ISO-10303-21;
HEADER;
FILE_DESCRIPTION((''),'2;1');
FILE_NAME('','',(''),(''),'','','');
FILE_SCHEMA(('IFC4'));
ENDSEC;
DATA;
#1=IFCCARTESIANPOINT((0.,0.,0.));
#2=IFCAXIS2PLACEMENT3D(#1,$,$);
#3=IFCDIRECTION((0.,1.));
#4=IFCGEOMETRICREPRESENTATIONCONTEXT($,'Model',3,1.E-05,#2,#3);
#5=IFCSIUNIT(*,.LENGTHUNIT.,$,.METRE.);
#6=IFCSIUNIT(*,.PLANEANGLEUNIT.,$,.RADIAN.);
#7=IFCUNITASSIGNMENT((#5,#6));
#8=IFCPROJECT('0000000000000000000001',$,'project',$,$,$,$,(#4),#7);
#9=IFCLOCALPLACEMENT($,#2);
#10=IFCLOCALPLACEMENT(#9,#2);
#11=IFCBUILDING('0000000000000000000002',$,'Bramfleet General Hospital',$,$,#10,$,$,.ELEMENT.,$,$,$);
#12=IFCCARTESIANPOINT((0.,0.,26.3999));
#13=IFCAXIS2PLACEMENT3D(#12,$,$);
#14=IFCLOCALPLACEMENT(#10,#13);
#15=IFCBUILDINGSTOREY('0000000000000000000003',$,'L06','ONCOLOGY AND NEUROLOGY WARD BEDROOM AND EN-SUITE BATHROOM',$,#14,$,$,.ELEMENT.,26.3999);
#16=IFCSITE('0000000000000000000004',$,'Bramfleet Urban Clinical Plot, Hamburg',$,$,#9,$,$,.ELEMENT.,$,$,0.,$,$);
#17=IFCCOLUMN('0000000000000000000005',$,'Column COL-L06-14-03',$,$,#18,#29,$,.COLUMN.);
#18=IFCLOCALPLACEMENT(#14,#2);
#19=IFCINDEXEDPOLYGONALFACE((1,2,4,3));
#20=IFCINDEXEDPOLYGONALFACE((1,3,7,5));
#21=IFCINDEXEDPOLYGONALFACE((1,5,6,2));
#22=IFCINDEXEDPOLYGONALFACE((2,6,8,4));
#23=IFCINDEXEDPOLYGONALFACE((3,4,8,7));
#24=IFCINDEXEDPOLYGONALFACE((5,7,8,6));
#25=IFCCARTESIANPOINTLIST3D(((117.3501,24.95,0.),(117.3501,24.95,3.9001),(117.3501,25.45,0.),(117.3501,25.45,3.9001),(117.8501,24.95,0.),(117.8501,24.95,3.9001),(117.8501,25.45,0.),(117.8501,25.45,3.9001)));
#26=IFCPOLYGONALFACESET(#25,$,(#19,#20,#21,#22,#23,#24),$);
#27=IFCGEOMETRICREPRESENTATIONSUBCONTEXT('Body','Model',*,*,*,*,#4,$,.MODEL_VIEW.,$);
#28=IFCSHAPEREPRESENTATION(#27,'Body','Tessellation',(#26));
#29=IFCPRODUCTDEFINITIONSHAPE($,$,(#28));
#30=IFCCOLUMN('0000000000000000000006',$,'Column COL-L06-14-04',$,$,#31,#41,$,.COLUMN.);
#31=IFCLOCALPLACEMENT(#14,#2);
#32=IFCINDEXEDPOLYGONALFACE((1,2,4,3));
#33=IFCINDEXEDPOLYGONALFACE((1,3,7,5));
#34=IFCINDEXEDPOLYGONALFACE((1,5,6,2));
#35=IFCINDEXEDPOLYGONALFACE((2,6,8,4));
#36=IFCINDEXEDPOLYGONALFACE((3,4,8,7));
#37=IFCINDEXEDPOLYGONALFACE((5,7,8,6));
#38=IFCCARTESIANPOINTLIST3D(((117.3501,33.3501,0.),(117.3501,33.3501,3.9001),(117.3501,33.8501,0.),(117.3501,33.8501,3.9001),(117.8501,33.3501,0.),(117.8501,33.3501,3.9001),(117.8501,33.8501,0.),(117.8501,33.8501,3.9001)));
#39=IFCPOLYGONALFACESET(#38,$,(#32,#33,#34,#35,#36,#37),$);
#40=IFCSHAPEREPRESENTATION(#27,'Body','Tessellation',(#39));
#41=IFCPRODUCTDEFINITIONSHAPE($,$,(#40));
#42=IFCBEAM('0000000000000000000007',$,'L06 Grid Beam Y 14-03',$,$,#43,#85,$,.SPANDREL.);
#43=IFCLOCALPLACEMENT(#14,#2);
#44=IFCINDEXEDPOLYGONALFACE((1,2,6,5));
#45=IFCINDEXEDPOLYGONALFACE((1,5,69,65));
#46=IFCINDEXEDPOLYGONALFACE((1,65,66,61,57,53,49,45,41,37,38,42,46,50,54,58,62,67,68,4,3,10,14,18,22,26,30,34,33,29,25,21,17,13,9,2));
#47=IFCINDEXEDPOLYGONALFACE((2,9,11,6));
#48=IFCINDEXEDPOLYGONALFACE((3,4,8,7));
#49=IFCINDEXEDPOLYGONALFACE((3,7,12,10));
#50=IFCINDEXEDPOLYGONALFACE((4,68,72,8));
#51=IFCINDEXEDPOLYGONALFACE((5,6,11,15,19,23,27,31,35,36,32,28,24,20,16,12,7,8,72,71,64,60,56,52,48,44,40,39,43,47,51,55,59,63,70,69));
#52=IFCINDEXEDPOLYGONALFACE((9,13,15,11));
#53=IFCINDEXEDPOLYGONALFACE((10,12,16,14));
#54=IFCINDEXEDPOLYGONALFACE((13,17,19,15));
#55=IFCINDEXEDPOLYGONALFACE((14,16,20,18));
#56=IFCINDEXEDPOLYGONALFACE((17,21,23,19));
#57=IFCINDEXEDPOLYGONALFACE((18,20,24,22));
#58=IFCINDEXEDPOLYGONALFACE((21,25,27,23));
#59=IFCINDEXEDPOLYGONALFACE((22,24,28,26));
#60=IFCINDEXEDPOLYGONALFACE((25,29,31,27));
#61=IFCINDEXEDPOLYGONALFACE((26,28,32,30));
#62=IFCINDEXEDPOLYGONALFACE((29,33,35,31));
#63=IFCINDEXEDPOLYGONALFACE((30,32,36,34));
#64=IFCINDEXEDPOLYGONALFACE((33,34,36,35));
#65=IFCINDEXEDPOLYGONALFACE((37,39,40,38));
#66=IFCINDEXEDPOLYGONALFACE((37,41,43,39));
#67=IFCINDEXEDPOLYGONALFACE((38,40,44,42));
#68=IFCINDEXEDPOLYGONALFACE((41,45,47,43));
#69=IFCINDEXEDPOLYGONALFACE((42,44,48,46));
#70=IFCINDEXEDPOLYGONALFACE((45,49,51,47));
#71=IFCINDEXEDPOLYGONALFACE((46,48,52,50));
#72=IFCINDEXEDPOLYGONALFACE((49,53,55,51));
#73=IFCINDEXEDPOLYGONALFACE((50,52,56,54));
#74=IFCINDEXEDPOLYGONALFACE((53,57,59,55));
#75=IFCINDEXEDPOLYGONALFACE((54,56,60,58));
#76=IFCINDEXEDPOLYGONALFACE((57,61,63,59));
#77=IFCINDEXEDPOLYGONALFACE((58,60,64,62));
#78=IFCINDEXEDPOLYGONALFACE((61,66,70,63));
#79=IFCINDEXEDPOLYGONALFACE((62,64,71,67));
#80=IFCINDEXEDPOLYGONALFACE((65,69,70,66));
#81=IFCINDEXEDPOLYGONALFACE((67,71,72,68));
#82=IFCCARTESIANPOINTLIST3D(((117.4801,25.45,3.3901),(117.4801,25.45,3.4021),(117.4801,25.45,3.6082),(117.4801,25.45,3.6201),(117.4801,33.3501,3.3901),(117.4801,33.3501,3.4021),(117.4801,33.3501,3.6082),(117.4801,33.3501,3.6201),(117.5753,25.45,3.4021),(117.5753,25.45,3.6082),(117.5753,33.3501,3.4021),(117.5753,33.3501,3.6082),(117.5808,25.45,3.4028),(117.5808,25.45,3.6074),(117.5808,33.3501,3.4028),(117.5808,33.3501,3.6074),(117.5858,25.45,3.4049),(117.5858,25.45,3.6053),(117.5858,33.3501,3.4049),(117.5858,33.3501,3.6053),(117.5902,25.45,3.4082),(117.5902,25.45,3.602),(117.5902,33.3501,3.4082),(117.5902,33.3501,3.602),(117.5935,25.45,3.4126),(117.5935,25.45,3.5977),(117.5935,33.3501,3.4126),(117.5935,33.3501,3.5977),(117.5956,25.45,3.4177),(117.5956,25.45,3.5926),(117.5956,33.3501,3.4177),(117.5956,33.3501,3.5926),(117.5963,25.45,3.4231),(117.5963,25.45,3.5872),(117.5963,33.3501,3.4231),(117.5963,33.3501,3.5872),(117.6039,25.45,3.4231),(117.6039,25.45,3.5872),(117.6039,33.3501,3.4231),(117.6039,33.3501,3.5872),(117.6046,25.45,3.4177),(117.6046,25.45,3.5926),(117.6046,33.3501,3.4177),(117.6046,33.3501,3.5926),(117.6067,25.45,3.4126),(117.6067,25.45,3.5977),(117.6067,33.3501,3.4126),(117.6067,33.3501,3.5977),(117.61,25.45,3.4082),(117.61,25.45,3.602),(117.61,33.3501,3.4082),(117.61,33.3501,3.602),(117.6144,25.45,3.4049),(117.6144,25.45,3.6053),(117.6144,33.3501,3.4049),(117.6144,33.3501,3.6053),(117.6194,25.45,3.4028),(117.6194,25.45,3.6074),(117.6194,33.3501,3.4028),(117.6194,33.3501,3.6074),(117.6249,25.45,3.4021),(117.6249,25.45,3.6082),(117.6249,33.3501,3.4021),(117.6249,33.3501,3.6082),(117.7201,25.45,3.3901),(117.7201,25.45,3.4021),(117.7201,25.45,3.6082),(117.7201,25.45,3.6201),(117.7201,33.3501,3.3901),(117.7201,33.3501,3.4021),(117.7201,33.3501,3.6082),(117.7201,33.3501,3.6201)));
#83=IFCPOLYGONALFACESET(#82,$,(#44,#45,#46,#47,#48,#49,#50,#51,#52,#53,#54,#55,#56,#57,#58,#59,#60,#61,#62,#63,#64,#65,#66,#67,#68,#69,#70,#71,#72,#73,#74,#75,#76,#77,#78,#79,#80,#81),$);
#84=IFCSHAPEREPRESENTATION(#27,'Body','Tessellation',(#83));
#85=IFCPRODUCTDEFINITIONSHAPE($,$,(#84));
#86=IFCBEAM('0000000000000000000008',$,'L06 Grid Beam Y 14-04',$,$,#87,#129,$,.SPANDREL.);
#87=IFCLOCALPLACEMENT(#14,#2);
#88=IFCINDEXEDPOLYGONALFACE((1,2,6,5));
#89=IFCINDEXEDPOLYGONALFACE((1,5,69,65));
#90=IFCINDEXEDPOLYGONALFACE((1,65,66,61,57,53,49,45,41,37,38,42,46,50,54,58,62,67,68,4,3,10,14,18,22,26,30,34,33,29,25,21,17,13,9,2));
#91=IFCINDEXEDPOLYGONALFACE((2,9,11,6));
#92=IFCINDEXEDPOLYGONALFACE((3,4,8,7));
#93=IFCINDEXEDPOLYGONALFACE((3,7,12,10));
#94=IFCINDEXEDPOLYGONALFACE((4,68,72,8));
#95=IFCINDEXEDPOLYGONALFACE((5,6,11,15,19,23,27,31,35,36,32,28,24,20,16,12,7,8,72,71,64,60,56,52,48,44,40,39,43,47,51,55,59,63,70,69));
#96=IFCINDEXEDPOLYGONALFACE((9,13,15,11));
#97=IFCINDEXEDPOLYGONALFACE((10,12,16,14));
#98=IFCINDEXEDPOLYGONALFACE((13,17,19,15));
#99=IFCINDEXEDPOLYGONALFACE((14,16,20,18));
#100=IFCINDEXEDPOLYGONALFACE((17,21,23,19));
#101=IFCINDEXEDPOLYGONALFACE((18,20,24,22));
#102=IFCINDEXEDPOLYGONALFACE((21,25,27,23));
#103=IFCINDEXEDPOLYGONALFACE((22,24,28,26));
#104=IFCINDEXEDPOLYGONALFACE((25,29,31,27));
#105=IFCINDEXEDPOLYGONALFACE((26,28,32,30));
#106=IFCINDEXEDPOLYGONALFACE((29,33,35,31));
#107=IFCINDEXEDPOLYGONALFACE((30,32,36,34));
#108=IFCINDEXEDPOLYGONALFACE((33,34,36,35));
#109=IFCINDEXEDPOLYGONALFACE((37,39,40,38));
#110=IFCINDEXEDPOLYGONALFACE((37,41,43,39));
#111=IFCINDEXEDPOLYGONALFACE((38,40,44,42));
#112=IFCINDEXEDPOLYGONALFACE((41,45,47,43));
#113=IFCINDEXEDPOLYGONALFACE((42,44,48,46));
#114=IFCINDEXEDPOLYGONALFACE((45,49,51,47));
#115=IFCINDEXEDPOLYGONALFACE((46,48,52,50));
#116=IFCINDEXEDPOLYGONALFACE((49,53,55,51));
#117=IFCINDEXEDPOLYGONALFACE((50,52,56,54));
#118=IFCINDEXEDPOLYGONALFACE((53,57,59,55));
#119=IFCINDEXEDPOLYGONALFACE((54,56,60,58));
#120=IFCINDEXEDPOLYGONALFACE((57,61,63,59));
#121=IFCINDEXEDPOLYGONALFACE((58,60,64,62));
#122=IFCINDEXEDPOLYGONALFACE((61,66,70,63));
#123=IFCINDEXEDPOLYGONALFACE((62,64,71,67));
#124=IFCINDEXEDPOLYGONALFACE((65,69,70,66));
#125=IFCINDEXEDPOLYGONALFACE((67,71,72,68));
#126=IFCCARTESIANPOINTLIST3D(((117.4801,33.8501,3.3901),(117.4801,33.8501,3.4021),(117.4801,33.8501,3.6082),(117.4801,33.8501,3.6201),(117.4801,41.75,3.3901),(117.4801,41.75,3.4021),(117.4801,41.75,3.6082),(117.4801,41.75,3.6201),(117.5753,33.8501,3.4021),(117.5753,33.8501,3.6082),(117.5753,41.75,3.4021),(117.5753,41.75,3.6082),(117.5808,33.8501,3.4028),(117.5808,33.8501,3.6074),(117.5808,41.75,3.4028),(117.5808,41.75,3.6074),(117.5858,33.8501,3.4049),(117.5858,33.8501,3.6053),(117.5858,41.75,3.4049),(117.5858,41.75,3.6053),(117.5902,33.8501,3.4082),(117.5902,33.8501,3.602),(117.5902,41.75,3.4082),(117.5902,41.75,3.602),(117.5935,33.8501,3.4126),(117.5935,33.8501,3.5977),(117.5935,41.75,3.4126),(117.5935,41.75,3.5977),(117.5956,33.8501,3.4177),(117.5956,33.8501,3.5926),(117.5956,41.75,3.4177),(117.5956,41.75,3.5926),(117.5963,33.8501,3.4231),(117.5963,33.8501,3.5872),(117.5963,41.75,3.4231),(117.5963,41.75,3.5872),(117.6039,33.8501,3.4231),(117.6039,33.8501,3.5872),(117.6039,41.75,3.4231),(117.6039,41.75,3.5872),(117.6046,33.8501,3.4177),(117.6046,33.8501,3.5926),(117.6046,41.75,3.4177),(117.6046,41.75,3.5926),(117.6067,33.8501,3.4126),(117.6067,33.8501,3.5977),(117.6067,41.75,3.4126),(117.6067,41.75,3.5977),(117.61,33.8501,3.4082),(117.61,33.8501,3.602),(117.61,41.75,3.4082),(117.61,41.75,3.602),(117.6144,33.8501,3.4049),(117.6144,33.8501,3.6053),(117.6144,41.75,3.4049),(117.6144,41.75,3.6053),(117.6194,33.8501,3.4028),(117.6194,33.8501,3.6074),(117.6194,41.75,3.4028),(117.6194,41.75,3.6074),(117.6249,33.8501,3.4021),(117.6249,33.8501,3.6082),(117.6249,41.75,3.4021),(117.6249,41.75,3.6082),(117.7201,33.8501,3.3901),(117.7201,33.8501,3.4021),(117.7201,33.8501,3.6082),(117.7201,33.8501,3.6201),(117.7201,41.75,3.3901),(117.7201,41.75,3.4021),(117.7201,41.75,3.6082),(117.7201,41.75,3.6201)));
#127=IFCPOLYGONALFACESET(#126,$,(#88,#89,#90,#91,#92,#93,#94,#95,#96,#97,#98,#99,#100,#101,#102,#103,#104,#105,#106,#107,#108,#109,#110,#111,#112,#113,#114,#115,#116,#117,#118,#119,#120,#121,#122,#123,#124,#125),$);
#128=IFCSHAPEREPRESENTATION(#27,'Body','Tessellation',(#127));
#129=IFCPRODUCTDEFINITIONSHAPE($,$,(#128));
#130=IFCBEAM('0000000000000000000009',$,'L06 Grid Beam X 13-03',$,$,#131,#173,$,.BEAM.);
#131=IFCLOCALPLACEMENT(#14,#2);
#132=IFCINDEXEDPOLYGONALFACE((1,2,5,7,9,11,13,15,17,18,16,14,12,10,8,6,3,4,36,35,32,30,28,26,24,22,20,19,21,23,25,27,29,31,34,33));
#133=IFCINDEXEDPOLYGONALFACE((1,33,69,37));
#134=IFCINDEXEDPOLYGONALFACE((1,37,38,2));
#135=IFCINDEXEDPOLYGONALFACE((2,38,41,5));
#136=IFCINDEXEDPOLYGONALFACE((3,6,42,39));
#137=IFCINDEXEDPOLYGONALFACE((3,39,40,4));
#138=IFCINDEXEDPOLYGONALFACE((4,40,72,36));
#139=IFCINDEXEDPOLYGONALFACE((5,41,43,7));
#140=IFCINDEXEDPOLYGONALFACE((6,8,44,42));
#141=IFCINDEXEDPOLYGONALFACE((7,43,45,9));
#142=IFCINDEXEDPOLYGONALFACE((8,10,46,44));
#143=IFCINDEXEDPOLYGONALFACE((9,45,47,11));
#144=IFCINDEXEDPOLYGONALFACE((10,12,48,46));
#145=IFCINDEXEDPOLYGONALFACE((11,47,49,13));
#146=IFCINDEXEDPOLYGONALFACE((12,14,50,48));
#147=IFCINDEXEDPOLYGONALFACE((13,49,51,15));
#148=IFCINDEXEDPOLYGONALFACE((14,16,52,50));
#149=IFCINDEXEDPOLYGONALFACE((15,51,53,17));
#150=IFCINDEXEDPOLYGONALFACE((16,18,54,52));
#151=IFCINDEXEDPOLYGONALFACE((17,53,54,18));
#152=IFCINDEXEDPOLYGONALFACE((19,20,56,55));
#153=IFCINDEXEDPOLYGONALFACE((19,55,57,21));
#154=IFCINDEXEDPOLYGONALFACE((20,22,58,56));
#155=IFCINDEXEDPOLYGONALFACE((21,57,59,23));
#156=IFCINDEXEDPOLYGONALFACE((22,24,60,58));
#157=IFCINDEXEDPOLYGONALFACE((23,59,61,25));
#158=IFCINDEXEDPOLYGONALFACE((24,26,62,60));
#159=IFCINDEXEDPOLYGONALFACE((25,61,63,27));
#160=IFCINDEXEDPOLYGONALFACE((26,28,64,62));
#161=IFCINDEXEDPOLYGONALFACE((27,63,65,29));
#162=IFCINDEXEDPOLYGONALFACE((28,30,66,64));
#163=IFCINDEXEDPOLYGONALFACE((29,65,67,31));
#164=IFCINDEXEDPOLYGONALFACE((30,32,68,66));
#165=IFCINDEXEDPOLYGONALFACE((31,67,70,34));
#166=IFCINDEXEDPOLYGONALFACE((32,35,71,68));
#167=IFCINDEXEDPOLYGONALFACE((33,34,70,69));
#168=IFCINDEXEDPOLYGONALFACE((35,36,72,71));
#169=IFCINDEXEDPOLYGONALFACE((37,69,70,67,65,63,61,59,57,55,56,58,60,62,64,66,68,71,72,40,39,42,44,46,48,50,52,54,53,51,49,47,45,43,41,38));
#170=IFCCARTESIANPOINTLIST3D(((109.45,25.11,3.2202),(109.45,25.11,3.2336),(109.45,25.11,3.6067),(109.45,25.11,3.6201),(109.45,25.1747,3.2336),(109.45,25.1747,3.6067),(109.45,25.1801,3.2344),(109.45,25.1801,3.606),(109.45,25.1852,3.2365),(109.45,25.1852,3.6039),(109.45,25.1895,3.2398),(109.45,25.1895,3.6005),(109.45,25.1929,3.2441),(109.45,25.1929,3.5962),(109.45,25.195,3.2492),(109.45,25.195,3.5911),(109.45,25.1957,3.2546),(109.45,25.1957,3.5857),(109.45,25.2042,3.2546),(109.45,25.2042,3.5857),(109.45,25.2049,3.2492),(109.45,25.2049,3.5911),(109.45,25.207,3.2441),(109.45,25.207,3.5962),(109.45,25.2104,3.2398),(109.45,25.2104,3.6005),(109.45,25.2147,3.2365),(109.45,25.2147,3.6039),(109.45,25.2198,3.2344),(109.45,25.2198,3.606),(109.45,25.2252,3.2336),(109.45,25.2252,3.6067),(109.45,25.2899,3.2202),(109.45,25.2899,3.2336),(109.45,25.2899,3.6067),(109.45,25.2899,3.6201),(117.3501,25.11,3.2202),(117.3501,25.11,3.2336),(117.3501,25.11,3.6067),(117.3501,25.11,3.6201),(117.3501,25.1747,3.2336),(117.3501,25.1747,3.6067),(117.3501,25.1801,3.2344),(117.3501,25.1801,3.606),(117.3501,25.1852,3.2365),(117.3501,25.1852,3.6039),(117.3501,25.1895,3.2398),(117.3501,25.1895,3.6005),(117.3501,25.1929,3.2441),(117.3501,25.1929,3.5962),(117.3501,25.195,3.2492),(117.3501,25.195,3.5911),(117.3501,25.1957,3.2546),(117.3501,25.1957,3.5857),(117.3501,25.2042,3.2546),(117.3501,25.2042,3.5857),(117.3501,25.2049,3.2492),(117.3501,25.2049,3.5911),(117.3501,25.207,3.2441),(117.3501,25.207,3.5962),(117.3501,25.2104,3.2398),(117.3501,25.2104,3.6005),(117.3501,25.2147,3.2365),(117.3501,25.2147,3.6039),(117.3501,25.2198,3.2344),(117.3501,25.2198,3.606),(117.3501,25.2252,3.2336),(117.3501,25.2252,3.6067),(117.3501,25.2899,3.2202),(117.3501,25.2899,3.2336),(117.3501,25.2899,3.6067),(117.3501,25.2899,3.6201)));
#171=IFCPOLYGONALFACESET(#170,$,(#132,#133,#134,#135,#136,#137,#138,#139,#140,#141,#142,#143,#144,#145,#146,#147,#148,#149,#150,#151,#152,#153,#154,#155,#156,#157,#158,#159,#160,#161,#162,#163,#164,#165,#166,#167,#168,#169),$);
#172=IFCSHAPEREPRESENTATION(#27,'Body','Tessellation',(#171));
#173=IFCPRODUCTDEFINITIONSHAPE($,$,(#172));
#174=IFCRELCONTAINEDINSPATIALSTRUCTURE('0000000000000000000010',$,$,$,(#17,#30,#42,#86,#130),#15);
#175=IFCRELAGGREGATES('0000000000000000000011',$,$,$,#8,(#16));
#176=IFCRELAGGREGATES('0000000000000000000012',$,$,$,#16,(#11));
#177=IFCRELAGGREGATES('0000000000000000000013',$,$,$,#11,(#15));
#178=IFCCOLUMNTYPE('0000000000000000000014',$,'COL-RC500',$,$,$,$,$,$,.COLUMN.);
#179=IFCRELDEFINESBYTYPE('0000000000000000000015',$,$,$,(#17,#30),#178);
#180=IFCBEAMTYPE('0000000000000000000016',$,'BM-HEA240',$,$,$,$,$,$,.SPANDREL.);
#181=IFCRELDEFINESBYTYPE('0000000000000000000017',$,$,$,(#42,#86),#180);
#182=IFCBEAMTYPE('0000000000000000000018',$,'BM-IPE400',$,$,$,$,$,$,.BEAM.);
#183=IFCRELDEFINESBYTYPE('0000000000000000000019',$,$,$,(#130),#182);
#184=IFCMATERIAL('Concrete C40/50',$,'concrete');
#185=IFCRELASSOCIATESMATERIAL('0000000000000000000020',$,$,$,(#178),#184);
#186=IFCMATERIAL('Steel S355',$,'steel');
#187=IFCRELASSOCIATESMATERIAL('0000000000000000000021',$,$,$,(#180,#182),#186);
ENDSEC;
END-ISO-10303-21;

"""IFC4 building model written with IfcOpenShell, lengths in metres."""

from ifc_helpers import new_model, si_unit, direction, frame, origin, origin_2d, place, context, subcontext, project, spatial, rectangle, i_section, extrude, material, material_profile, profile_set, type_object, element, save


model = new_model("IFC4")

# Units and contexts
model_context = context("Model", 3, precision=1e-05, world=origin(), true_north=direction((0.0, 1.0)))
body_context = subcontext(model_context, "Body", "Model", "MODEL_VIEW")
ifc_project = project(units=[si_unit("LENGTHUNIT", "METRE"), si_unit("PLANEANGLEUNIT", "RADIAN")], contexts=[model_context])

# Site, building, storey
site_placement = place(None, origin())
site = spatial("IfcSite", under=ifc_project, at=site_placement, Name="Bramfleet Urban Clinical Plot, Hamburg", CompositionType="ELEMENT", RefElevation=0.0)
building_placement = place(site_placement, origin())
building = spatial("IfcBuilding", under=site, at=building_placement, Name="Bramfleet General Hospital", CompositionType="ELEMENT")
storey_placement = place(building_placement, frame((0.0, 0.0, 26.3999)))
storey = spatial("IfcBuildingStorey", under=building, at=storey_placement, Name="L06", Description="ONCOLOGY AND NEUROLOGY WARD BEDROOM AND EN-SUITE BATHROOM", CompositionType="ELEMENT", Elevation=26.3999)

# Columns
ifc_material_1 = material(Name="Concrete C40/50", Category="concrete")
ifc_material_profile_1 = material_profile(ifc_material_1, rectangle(XDim=0.5, YDim=0.5, at=origin_2d()), Name="RC COL 500x500")
ifc_profile_set_1 = profile_set([ifc_material_profile_1], Name="Concrete C40/50")
column_type = type_object("IfcColumnType", Name="COL-RC500", PredefinedType="COLUMN", material=ifc_profile_set_1)
for number, where, z_axis, x_axis, name in (
    (1, (117.6001, 25.2, 0.0), (0.0, 0.0, 1.0), (1.0, 0.0, 0.0), "Column COL-L06-14-03"),
    (2, (117.6001, 33.6001, 0.0), (0.0, 0.0, 1.0), (1.0, 0.0, 0.0), "Column COL-L06-14-04"),
):
    element("IfcColumn", number, at=place(storey_placement, frame(where, z_axis=z_axis, x_axis=x_axis)), inside=storey, type_object=column_type, Name=name, PredefinedType="COLUMN", context=body_context, shape_type="SweptSolid", body=[
        extrude(rectangle(XDim=0.5, YDim=0.5, at=origin_2d()), origin(), (0.0, 0.0, 1.0), 3.9001),
    ])

# Beams
ifc_material_2 = material(Name="Steel S355", Category="steel")
ifc_material_profile_2 = material_profile(ifc_material_2, i_section(OverallWidth=0.24, OverallDepth=0.23, WebThickness=0.0076, FlangeThickness=0.012, FilletRadius=0.021, at=origin_2d()), Name="HEA 240")
ifc_profile_set_2 = profile_set([ifc_material_profile_2], Name="Steel S355")
beam_type_1 = type_object("IfcBeamType", Name="BM-HEA240", PredefinedType="SPANDREL", material=ifc_profile_set_2)
beam_1_placement = place(storey_placement, frame((117.6001, 25.45, 3.5051), z_axis=(0.0, 1.0, 0.0), x_axis=(-1.0, 0.0, 0.0)))
element("IfcBeam", 3, at=beam_1_placement, inside=storey, type_object=beam_type_1, Name="L06 Grid Beam Y 14-03", PredefinedType="SPANDREL", context=body_context, shape_type="SweptSolid", body=[
    extrude(i_section(OverallWidth=0.24, OverallDepth=0.23, WebThickness=0.0076, FlangeThickness=0.012, FilletRadius=0.021, at=origin_2d()), origin(), (0.0, 0.0, 1.0), 7.9001),
])
beam_2_placement = place(storey_placement, frame((117.6001, 33.8501, 3.5051), z_axis=(0.0, 1.0, 0.0), x_axis=(-1.0, 0.0, 0.0)))
element("IfcBeam", 4, at=beam_2_placement, inside=storey, type_object=beam_type_1, Name="L06 Grid Beam Y 14-04", PredefinedType="SPANDREL", context=body_context, shape_type="SweptSolid", body=[
    extrude(i_section(OverallWidth=0.24, OverallDepth=0.23, WebThickness=0.0076, FlangeThickness=0.012, FilletRadius=0.021, at=origin_2d()), origin(), (0.0, 0.0, 1.0), 7.8999),
])
ifc_material_profile_3 = material_profile(ifc_material_2, i_section(OverallWidth=0.1799, OverallDepth=0.3999, WebThickness=0.0085, FlangeThickness=0.0134, FilletRadius=0.021, at=origin_2d()), Name="IPE 400")
ifc_profile_set_3 = profile_set([ifc_material_profile_3], Name="Steel S355")
beam_type_2 = type_object("IfcBeamType", Name="BM-IPE400", PredefinedType="BEAM", material=ifc_profile_set_3)
for number, where, z_axis, x_axis, name in (
    (5, (109.45, 25.2, 3.4202), (1.0, 0.0, 0.0), (0.0, 1.0, 0.0), "L06 Grid Beam X 13-03"),
):
    element("IfcBeam", number, at=place(storey_placement, frame(where, z_axis=z_axis, x_axis=x_axis)), inside=storey, type_object=beam_type_2, Name=name, PredefinedType="BEAM", context=body_context, shape_type="SweptSolid", body=[
        extrude(i_section(OverallWidth=0.1799, OverallDepth=0.3999, WebThickness=0.0085, FlangeThickness=0.0134, FilletRadius=0.021, at=origin_2d()), origin(), (0.0, 0.0, 1.0), 7.9001),
    ])

save(model, "model.ifc")
